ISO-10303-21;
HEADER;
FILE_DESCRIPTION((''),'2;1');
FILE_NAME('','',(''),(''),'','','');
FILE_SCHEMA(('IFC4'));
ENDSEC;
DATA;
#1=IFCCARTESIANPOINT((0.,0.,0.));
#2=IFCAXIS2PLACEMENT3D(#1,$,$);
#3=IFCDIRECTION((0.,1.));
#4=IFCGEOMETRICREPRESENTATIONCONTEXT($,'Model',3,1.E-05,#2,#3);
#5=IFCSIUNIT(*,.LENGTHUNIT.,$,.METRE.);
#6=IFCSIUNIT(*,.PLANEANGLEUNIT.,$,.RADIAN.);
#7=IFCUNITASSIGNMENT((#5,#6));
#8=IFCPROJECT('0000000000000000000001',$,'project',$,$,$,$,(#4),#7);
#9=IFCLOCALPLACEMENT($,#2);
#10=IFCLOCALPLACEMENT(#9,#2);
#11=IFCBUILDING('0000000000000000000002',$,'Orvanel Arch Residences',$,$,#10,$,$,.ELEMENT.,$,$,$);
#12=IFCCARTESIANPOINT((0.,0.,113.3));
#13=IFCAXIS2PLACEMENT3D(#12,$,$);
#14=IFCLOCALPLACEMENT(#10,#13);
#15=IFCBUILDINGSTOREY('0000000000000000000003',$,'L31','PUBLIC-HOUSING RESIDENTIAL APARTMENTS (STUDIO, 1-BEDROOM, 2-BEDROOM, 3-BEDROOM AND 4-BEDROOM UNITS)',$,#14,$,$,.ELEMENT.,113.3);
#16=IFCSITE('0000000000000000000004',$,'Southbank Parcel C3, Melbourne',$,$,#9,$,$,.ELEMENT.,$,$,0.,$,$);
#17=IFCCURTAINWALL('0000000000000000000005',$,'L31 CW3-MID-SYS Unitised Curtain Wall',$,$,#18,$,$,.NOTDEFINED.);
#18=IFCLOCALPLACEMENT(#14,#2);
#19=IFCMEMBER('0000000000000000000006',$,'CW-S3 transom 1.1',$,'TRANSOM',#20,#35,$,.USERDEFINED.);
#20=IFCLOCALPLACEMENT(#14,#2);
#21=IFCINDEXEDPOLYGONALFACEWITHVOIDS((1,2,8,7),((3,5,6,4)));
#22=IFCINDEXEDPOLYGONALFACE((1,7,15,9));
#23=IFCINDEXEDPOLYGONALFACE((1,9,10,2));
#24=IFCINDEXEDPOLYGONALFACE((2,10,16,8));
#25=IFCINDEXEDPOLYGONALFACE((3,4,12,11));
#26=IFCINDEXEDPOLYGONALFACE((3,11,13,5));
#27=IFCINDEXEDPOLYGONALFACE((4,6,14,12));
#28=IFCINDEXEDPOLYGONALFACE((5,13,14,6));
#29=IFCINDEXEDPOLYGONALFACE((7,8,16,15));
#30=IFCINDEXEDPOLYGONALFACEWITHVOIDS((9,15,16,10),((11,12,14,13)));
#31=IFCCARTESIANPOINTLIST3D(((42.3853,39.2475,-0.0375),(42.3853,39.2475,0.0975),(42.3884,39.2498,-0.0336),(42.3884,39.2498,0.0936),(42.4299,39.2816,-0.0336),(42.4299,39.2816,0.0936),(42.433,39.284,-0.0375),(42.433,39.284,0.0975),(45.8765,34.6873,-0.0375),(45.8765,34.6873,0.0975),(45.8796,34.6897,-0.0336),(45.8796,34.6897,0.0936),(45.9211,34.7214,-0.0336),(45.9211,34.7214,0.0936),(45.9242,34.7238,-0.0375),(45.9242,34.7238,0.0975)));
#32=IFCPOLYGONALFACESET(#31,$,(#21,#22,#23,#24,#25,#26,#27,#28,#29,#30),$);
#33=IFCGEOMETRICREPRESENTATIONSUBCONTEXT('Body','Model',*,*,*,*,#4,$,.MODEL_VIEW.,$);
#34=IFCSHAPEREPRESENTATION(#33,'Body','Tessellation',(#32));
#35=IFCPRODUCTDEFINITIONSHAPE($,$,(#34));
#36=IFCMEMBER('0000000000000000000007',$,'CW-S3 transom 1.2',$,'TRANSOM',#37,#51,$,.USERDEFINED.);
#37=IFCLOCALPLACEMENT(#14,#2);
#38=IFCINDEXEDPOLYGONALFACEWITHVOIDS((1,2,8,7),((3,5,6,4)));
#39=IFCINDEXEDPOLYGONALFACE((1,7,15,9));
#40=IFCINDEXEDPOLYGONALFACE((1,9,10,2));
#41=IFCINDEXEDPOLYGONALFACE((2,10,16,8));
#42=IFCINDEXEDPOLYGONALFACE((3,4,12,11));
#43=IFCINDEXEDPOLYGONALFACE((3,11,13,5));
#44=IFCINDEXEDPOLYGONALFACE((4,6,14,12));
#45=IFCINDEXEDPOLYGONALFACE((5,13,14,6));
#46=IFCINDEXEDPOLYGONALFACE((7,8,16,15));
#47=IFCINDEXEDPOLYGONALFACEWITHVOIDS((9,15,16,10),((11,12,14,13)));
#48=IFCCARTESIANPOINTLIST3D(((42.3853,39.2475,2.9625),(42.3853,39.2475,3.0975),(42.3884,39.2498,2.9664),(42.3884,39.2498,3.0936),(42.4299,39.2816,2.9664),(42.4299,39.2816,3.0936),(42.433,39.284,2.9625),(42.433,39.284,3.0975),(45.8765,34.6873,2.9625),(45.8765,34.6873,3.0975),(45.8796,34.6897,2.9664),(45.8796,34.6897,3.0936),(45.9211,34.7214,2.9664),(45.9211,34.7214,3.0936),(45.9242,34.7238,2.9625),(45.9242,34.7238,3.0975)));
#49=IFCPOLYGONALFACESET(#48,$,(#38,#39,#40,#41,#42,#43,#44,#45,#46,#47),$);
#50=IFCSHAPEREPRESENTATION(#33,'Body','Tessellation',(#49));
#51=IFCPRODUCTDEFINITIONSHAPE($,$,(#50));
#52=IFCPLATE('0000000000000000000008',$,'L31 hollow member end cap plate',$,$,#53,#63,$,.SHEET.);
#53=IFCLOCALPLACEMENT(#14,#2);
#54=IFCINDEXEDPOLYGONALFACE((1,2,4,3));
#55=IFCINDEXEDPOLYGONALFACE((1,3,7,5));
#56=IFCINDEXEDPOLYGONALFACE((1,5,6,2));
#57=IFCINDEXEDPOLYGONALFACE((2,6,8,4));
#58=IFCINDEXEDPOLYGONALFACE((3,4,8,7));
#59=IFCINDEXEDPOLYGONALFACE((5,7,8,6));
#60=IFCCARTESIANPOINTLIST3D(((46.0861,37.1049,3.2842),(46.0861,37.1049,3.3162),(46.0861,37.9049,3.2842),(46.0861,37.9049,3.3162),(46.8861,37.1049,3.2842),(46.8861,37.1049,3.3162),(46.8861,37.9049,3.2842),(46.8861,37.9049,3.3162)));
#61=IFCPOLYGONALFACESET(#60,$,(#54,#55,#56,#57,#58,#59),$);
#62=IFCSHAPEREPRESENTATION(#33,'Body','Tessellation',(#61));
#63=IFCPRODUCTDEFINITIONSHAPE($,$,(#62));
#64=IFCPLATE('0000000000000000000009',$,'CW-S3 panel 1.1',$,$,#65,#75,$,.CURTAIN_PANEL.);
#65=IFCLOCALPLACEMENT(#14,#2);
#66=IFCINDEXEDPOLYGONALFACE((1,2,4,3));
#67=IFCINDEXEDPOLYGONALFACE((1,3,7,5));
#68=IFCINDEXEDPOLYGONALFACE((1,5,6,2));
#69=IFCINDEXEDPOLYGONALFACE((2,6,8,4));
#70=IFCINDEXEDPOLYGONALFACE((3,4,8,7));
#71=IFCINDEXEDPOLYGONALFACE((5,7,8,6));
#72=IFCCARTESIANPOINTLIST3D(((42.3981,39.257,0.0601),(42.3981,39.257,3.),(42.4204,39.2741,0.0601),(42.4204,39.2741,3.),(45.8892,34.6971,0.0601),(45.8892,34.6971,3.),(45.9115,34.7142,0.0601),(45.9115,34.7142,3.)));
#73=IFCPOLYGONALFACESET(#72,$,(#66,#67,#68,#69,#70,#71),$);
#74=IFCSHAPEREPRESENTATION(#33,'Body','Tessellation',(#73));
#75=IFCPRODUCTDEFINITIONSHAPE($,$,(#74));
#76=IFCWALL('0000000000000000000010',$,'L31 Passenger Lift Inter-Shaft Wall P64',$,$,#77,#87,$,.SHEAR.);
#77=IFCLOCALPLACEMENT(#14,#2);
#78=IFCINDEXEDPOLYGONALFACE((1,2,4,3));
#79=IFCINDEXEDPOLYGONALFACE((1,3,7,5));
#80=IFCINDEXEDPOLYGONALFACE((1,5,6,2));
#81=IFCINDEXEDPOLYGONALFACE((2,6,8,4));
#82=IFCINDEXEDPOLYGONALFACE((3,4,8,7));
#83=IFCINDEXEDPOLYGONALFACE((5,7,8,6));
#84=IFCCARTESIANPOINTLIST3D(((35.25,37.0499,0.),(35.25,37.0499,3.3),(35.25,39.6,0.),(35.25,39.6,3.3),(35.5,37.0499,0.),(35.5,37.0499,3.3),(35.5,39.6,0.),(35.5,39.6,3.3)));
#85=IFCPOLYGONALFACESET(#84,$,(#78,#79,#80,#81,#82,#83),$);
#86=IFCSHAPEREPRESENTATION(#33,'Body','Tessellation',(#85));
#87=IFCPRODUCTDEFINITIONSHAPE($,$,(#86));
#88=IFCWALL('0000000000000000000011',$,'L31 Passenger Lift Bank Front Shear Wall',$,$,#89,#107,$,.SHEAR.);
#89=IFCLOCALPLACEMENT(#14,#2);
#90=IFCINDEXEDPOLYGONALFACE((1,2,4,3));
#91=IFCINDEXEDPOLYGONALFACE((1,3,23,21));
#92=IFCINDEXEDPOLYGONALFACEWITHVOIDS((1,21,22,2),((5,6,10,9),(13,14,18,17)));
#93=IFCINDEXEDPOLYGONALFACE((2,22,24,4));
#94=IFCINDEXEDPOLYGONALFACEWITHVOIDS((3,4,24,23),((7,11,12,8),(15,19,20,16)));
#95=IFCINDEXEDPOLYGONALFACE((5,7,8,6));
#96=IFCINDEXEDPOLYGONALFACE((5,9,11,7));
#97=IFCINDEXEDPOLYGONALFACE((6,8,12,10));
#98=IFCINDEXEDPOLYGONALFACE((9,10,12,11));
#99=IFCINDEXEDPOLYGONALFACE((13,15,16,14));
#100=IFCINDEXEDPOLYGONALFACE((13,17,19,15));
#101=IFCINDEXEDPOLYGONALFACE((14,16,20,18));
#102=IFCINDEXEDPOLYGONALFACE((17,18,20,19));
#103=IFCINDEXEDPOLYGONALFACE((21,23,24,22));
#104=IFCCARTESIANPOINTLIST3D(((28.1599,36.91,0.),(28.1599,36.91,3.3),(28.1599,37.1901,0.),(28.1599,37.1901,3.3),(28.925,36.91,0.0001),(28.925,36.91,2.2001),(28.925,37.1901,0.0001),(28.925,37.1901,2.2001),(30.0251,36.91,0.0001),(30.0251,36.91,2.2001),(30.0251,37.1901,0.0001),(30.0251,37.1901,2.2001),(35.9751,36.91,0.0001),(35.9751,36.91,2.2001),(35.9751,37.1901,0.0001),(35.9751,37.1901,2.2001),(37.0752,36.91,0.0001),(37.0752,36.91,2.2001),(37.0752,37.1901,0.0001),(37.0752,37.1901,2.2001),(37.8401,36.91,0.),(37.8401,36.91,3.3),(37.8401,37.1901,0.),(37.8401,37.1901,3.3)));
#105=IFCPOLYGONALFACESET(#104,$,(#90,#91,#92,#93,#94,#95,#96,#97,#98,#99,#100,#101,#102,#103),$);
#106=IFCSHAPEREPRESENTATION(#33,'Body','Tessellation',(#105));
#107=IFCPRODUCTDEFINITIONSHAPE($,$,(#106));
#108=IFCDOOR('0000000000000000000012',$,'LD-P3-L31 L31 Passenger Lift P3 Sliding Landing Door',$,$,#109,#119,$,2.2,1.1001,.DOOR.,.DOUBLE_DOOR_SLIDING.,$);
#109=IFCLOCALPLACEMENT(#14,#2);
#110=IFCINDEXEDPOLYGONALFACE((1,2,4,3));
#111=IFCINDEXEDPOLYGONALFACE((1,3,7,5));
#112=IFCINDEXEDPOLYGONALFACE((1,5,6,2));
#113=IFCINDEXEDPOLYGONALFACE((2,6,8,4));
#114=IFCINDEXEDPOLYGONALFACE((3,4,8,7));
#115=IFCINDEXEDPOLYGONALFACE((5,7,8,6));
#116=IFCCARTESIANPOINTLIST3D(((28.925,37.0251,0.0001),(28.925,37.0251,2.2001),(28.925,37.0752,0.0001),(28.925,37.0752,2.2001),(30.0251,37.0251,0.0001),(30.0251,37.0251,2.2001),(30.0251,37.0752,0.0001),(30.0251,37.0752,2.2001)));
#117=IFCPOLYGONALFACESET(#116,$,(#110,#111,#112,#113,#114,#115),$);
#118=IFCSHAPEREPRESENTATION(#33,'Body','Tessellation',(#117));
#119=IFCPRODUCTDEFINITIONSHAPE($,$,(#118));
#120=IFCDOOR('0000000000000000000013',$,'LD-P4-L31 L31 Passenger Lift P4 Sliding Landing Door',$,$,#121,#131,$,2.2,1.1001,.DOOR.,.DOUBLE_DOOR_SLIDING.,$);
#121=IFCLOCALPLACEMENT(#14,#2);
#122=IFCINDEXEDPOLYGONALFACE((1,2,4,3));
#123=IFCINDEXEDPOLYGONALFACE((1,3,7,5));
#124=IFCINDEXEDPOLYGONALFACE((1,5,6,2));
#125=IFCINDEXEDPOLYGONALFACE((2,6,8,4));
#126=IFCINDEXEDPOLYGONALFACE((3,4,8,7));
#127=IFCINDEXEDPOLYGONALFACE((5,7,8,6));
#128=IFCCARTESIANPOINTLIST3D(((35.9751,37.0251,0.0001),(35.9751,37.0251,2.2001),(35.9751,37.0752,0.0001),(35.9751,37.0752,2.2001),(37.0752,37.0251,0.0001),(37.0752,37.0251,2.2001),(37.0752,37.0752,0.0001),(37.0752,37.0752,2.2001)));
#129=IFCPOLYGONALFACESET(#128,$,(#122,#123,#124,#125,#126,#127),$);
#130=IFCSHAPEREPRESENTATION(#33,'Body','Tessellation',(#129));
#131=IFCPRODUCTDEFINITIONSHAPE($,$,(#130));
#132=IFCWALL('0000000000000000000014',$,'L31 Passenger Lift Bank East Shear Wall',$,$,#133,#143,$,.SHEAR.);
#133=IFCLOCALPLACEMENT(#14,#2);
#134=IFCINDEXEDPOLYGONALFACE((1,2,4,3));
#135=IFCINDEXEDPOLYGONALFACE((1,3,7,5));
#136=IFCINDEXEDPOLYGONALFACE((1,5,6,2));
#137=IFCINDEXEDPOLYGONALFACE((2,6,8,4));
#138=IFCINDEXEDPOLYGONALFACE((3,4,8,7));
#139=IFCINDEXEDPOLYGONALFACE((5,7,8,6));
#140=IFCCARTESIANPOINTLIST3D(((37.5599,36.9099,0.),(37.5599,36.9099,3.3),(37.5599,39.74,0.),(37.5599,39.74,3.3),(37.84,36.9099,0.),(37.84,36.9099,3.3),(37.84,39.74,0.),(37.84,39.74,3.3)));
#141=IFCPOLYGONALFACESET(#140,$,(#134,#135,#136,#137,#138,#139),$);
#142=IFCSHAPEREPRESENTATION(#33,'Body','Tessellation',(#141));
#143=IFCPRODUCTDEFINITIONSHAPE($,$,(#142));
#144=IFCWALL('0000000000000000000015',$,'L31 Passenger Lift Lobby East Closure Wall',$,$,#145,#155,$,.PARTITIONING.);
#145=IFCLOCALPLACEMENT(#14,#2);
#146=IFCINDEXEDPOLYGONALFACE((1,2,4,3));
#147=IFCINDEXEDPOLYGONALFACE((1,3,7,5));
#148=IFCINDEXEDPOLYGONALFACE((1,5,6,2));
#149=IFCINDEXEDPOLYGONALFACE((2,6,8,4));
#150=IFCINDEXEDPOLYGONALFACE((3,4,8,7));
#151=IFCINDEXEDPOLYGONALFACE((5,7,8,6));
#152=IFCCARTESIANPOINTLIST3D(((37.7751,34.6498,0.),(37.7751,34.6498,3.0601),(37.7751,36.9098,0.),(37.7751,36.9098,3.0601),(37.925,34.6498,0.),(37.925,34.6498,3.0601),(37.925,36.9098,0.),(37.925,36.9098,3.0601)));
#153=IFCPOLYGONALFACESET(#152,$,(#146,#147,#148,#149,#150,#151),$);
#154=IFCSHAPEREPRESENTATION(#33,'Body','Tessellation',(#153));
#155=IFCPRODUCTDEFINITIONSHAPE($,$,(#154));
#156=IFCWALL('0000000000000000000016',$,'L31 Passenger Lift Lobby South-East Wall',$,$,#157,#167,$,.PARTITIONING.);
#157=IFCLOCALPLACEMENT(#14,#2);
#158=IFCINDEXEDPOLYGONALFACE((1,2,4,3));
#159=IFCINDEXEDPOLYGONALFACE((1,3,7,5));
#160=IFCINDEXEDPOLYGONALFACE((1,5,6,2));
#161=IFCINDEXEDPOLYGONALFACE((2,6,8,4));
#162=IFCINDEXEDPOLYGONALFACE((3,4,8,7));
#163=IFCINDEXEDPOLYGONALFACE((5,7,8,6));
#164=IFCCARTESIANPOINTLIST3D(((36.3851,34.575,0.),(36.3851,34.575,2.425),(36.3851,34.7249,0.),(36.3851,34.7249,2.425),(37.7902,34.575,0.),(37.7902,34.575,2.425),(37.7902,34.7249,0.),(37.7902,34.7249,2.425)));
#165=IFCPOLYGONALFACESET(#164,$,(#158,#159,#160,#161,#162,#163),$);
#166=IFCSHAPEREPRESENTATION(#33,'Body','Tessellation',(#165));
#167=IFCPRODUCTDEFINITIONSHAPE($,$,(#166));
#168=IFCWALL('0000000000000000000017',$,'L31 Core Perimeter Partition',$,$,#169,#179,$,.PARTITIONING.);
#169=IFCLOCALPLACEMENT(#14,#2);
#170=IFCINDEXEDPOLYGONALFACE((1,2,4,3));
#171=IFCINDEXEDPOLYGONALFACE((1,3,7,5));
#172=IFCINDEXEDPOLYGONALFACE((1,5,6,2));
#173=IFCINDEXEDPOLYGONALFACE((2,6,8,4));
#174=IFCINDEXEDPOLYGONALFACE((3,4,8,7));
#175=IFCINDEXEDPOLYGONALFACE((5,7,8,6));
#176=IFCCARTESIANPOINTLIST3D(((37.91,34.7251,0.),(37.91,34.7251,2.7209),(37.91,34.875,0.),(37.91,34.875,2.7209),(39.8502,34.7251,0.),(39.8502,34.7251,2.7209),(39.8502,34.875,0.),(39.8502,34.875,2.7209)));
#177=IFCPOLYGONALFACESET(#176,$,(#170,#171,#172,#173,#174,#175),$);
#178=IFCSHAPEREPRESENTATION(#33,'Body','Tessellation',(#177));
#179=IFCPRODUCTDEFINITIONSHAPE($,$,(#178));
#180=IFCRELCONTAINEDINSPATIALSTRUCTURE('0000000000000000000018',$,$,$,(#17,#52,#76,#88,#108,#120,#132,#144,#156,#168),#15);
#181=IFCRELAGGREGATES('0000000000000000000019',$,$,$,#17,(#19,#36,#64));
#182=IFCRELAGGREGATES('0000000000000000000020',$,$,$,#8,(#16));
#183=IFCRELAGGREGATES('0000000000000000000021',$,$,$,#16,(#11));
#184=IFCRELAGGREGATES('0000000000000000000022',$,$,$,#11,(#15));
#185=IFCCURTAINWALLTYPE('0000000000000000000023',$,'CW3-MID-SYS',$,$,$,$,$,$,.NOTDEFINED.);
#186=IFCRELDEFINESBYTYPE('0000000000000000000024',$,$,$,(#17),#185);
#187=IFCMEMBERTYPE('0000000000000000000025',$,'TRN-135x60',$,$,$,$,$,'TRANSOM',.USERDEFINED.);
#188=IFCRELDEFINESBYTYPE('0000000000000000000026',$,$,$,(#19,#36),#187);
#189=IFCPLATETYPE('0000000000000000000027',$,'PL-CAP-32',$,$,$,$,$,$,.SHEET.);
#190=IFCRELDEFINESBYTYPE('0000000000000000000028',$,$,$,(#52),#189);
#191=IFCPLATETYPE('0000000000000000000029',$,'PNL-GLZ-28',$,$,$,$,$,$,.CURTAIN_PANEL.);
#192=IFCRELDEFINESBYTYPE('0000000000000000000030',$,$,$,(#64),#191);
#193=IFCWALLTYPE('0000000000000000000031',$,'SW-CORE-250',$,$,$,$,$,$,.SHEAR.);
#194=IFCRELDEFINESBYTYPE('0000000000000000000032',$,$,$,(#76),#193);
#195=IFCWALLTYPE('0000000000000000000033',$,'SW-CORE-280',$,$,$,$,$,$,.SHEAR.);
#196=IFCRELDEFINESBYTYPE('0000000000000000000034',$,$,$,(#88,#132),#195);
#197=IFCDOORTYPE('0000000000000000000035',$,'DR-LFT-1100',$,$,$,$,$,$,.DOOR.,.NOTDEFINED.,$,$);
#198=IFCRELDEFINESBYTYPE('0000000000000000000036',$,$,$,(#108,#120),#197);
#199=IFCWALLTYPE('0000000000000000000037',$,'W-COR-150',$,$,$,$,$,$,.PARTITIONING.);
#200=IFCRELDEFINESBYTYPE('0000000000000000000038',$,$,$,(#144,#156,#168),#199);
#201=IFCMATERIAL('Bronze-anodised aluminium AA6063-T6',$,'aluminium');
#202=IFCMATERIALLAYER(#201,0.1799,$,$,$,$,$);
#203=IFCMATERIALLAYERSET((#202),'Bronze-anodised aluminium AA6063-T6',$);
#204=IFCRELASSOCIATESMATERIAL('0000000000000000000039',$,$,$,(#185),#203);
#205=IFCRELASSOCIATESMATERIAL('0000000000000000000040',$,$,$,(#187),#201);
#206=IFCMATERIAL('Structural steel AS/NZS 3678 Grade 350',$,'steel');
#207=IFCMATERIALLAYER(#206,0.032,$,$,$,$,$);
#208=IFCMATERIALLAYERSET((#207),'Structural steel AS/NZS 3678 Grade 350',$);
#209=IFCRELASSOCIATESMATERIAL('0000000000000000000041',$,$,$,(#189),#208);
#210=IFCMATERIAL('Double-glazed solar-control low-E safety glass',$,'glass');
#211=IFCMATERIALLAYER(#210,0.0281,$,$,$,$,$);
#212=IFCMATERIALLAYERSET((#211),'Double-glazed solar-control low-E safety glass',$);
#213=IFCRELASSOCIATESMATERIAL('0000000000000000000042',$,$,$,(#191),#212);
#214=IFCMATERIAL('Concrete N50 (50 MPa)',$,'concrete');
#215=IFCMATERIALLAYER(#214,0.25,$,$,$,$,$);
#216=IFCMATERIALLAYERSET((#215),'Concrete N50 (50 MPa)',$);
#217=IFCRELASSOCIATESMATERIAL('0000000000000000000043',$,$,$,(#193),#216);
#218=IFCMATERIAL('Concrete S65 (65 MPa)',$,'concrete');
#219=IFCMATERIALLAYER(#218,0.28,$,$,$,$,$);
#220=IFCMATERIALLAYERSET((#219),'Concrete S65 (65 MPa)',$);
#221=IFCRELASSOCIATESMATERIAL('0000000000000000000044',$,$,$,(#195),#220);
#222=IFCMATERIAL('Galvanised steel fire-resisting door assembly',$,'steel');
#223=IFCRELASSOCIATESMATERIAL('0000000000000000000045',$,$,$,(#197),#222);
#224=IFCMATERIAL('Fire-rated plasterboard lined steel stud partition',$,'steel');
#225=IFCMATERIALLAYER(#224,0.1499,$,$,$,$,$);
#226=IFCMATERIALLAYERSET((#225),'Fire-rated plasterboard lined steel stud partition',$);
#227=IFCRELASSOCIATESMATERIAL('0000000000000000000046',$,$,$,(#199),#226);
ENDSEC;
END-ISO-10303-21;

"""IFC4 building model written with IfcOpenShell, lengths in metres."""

from ifc_helpers import new_model, si_unit, direction, frame, frame_2d, origin, origin_2d, place, context, subcontext, project, spatial, rectangle, hollow_rectangle, extrude, material, layer, layer_set, material_profile, profile_set, type_object, element, fill, aggregate, save


model = new_model("IFC4")

# Units and contexts
model_context = context("Model", 3, precision=1e-05, world=origin(), true_north=direction((0.0, 1.0)))
body_context = subcontext(model_context, "Body", "Model", "MODEL_VIEW")
ifc_project = project(units=[si_unit("LENGTHUNIT", "METRE"), si_unit("PLANEANGLEUNIT", "RADIAN")], contexts=[model_context])

# Site, building, storey
site_placement = place(None, origin())
site = spatial("IfcSite", under=ifc_project, at=site_placement, Name="Southbank Parcel C3, Melbourne", CompositionType="ELEMENT", RefElevation=0.0)
building_placement = place(site_placement, origin())
building = spatial("IfcBuilding", under=site, at=building_placement, Name="Orvanel Arch Residences", CompositionType="ELEMENT")
storey_placement = place(building_placement, frame((0.0, 0.0, 113.3)))
storey = spatial("IfcBuildingStorey", under=building, at=storey_placement, Name="L31", Description="PUBLIC-HOUSING RESIDENTIAL APARTMENTS (STUDIO, 1-BEDROOM, 2-BEDROOM, 3-BEDROOM AND 4-BEDROOM UNITS)", CompositionType="ELEMENT", Elevation=113.3)

# Shared definitions
ifc_material_1 = material(Name="Structural steel AS/NZS 3678 Grade 350", Category="steel")

# Shared definitions
ifc_material_2 = material(Name="Concrete S65 (65 MPa)", Category="concrete")

# Curtain wall
ifc_material_3 = material(Name="Bronze-anodised aluminium AA6063-T6", Category="aluminium")
ifc_layer_1 = layer(ifc_material_3, 0.1799)
ifc_layer_set_1 = layer_set([ifc_layer_1], Name="Bronze-anodised aluminium AA6063-T6")
curtain_wall_type = type_object("IfcCurtainWallType", Name="CW3-MID-SYS", PredefinedType="NOTDEFINED", material=ifc_layer_set_1)
curtain_wall_placement = place(storey_placement, origin())
curtain_wall = element("IfcCurtainWall", 1, at=curtain_wall_placement, inside=storey, type_object=curtain_wall_type, Name="L31 CW3-MID-SYS Unitised Curtain Wall", PredefinedType="NOTDEFINED")

# Members
ifc_material_profile_1 = material_profile(ifc_material_3, hollow_rectangle(XDim=0.0601, YDim=0.135, WallThickness=0.0039, at=origin_2d()), Name="ALU135x60x4")
ifc_profile_set_1 = profile_set([ifc_material_profile_1], Name="Bronze-anodised aluminium AA6063-T6")
member_type_1 = type_object("IfcMemberType", Name="TRN-135x60", ElementType="TRANSOM", PredefinedType="USERDEFINED", material=ifc_profile_set_1)
member_1_placement = place(storey_placement, frame((45.9004, 34.7056, 0.03), z_axis=(-0.607901, 0.794013, 0.0), x_axis=(-0.794013, -0.607901, 0.0)))
member_1 = element("IfcMember", 2, at=member_1_placement, type_object=member_type_1, Name="CW-S3 transom 1.1", ObjectType="TRANSOM", PredefinedType="USERDEFINED", context=body_context, shape_type="SweptSolid", body=[
    extrude(hollow_rectangle(XDim=0.0601, YDim=0.135, WallThickness=0.0039, at=origin_2d()), origin(), (0.0, 0.0, 1.0), 5.7432),
])
member_2_placement = place(storey_placement, frame((45.9004, 34.7056, 3.03), z_axis=(-0.607901, 0.794013, 0.0), x_axis=(-0.794013, -0.607901, 0.0)))
member_2 = element("IfcMember", 3, at=member_2_placement, type_object=member_type_1, Name="CW-S3 transom 1.2", ObjectType="TRANSOM", PredefinedType="USERDEFINED", context=body_context, shape_type="SweptSolid", body=[
    extrude(hollow_rectangle(XDim=0.0601, YDim=0.135, WallThickness=0.0039, at=origin_2d()), origin(), (0.0, 0.0, 1.0), 5.7432),
])

# Plates
ifc_layer_2 = layer(ifc_material_1, 0.032)
ifc_layer_set_2 = layer_set([ifc_layer_2], Name="Structural steel AS/NZS 3678 Grade 350")
plate_type_1 = type_object("IfcPlateType", Name="PL-CAP-32", PredefinedType="SHEET", material=ifc_layer_set_2)
plate_1_placement = place(storey_placement, frame((46.4861, 37.5049, 3.2842), z_axis=(0.0, 0.0, 1.0), x_axis=(1.0, 0.0, 0.0)))
element("IfcPlate", 4, at=plate_1_placement, inside=storey, type_object=plate_type_1, Name="L31 hollow member end cap plate", PredefinedType="SHEET", context=body_context, shape_type="SweptSolid", body=[
    extrude(rectangle(XDim=0.8, YDim=0.8, at=origin_2d()), origin(), (0.0, 0.0, 1.0), 0.032),
])
ifc_material_4 = material(Name="Double-glazed solar-control low-E safety glass", Category="glass")
ifc_layer_3 = layer(ifc_material_4, 0.0281)
ifc_layer_set_3 = layer_set([ifc_layer_3], Name="Double-glazed solar-control low-E safety glass")
plate_type_2 = type_object("IfcPlateType", Name="PNL-GLZ-28", PredefinedType="CURTAIN_PANEL", material=ifc_layer_set_3)
plate_2_placement = place(storey_placement, frame((44.1548, 36.9856, 0.0601), z_axis=(0.0, 0.0, 1.0), x_axis=(-0.607905, 0.79401, 0.0)))
plate_2 = element("IfcPlate", 5, at=plate_2_placement, type_object=plate_type_2, Name="CW-S3 panel 1.1", PredefinedType="CURTAIN_PANEL", context=body_context, shape_type="SweptSolid", body=[
    extrude(rectangle(XDim=5.7429, YDim=0.0281, at=origin_2d()), origin(), (0.0, 0.0, 1.0), 2.9399),
])
aggregate(curtain_wall, [member_1, member_2, plate_2])

# Wall
ifc_material_5 = material(Name="Concrete N50 (50 MPa)", Category="concrete")
ifc_layer_4 = layer(ifc_material_5, 0.25)
ifc_layer_set_4 = layer_set([ifc_layer_4], Name="Concrete N50 (50 MPa)")
wall_type_1 = type_object("IfcWallType", Name="SW-CORE-250", PredefinedType="SHEAR", material=ifc_layer_set_4)
wall_1_placement = place(storey_placement, frame((35.375, 37.05, 0.0), z_axis=(0.0, 0.0, 1.0), x_axis=(0.0, 1.0, 0.0)))
element("IfcWall", 6, at=wall_1_placement, inside=storey, type_object=wall_type_1, Name="L31 Passenger Lift Inter-Shaft Wall P64", PredefinedType="SHEAR", context=body_context, shape_type="SweptSolid", body=[
    extrude(rectangle(XDim=2.55, YDim=0.25, at=frame_2d((1.2749, 0.0))), origin(), (0.0, 0.0, 1.0), 3.3),
])

# Wall, openings, doors
ifc_layer_5 = layer(ifc_material_2, 0.28)
ifc_layer_set_5 = layer_set([ifc_layer_5], Name="Concrete S65 (65 MPa)")
wall_type_2 = type_object("IfcWallType", Name="SW-CORE-280", PredefinedType="SHEAR", material=ifc_layer_set_5)
wall_2_placement = place(storey_placement, frame((37.8401, 37.05, 0.0), z_axis=(0.0, 0.0, 1.0), x_axis=(-1.0, 0.0, 0.0)))
wall_2 = element("IfcWall", 7, at=wall_2_placement, inside=storey, type_object=wall_type_2, Name="L31 Passenger Lift Bank Front Shear Wall", PredefinedType="SHEAR", context=body_context, shape_type="SweptSolid", body=[
    extrude(rectangle(XDim=9.6802, YDim=0.28, at=frame_2d((4.8401, 0.0))), origin(), (0.0, 0.0, 1.0), 3.3),
])
opening_1_placement = place(wall_2_placement, frame((7.8149, 0.0, 0.0)))
opening_1 = element("IfcOpeningElement", 8, at=opening_1_placement, cuts=wall_2, PredefinedType="OPENING", context=body_context, shape_type="SweptSolid", body=[
    extrude(rectangle(XDim=1.1001, YDim=2.2, at=frame_2d((0.55, 1.1001))), frame((0.0, 0.1499, 0.0), z_axis=(0.0, -1.0, 0.0), x_axis=(1.0, 0.0, 0.0)), (0.0, 0.0, 1.0), 0.3),
])
opening_2_placement = place(wall_2_placement, frame((0.7649, 0.0, 0.0)))
opening_2 = element("IfcOpeningElement", 9, at=opening_2_placement, cuts=wall_2, PredefinedType="OPENING", context=body_context, shape_type="SweptSolid", body=[
    extrude(rectangle(XDim=1.1001, YDim=2.2, at=frame_2d((0.55, 1.1001))), frame((0.0, 0.1499, 0.0), z_axis=(0.0, -1.0, 0.0), x_axis=(1.0, 0.0, 0.0)), (0.0, 0.0, 1.0), 0.3),
])
ifc_material_6 = material(Name="Galvanised steel fire-resisting door assembly", Category="steel")
door_type = type_object("IfcDoorType", Name="DR-LFT-1100", OperationType="NOTDEFINED", PredefinedType="DOOR", material=ifc_material_6)
door_1_placement = place(opening_1_placement, origin())
door_1 = element("IfcDoor", 10, at=door_1_placement, inside=storey, type_object=door_type, Name="LD-P3-L31 L31 Passenger Lift P3 Sliding Landing Door", OperationType="DOUBLE_DOOR_SLIDING", OverallHeight=2.2, OverallWidth=1.1001, PredefinedType="DOOR", context=body_context, shape_type="SweptSolid", body=[
    extrude(rectangle(XDim=1.1001, YDim=2.2, at=frame_2d((0.55, 1.1001))), frame((0.0, 0.0249, 0.0), z_axis=(0.0, -1.0, 0.0), x_axis=(1.0, 0.0, 0.0)), (0.0, 0.0, 1.0), 0.05),
])
fill(opening_1, door_1)
door_2_placement = place(opening_2_placement, origin())
door_2 = element("IfcDoor", 11, at=door_2_placement, inside=storey, type_object=door_type, Name="LD-P4-L31 L31 Passenger Lift P4 Sliding Landing Door", OperationType="DOUBLE_DOOR_SLIDING", OverallHeight=2.2, OverallWidth=1.1001, PredefinedType="DOOR", context=body_context, shape_type="SweptSolid", body=[
    extrude(rectangle(XDim=1.1001, YDim=2.2, at=frame_2d((0.55, 1.1001))), frame((0.0, 0.0249, 0.0), z_axis=(0.0, -1.0, 0.0), x_axis=(1.0, 0.0, 0.0)), (0.0, 0.0, 1.0), 0.05),
])
fill(opening_2, door_2)

# Walls
wall_3_placement = place(storey_placement, frame((37.7, 36.9099, 0.0), z_axis=(0.0, 0.0, 1.0), x_axis=(0.0, 1.0, 0.0)))
element("IfcWall", 12, at=wall_3_placement, inside=storey, type_object=wall_type_2, Name="L31 Passenger Lift Bank East Shear Wall", PredefinedType="SHEAR", context=body_context, shape_type="SweptSolid", body=[
    extrude(rectangle(XDim=2.8301, YDim=0.28, at=frame_2d((1.415, 0.0))), origin(), (0.0, 0.0, 1.0), 3.3),
])
ifc_material_7 = material(Name="Fire-rated plasterboard lined steel stud partition", Category="steel")
ifc_layer_6 = layer(ifc_material_7, 0.1499)
ifc_layer_set_6 = layer_set([ifc_layer_6], Name="Fire-rated plasterboard lined steel stud partition")
wall_type_3 = type_object("IfcWallType", Name="W-COR-150", PredefinedType="PARTITIONING", material=ifc_layer_set_6)
wall_4_placement = place(storey_placement, frame((37.8501, 34.6499, 0.0), z_axis=(0.0, 0.0, 1.0), x_axis=(0.0, 1.0, 0.0)))
element("IfcWall", 13, at=wall_4_placement, inside=storey, type_object=wall_type_3, Name="L31 Passenger Lift Lobby East Closure Wall", PredefinedType="PARTITIONING", context=body_context, shape_type="SweptSolid", body=[
    extrude(rectangle(XDim=2.26, YDim=0.1499, at=frame_2d((1.1299, 0.0))), origin(), (0.0, 0.0, 1.0), 3.0601),
])
wall_5_placement = place(storey_placement, frame((36.385, 34.6499, 0.0), z_axis=(0.0, 0.0, 1.0), x_axis=(1.0, 0.0, 0.0)))
element("IfcWall", 14, at=wall_5_placement, inside=storey, type_object=wall_type_3, Name="L31 Passenger Lift Lobby South-East Wall", PredefinedType="PARTITIONING", context=body_context, shape_type="SweptSolid", body=[
    extrude(rectangle(XDim=1.405, YDim=0.1499, at=frame_2d((0.7026, 0.0))), origin(), (0.0, 0.0, 1.0), 2.425),
])
wall_6_placement = place(storey_placement, frame((37.9099, 34.8, 0.0), z_axis=(0.0, 0.0, 1.0), x_axis=(1.0, 0.0, 0.0)))
element("IfcWall", 15, at=wall_6_placement, inside=storey, type_object=wall_type_3, Name="L31 Core Perimeter Partition", PredefinedType="PARTITIONING", context=body_context, shape_type="SweptSolid", body=[
    extrude(rectangle(XDim=1.9402, YDim=0.1499, at=frame_2d((0.9702, 0.0))), origin(), (0.0, 0.0, 1.0), 2.7209),
])

save(model, "model.ifc")
